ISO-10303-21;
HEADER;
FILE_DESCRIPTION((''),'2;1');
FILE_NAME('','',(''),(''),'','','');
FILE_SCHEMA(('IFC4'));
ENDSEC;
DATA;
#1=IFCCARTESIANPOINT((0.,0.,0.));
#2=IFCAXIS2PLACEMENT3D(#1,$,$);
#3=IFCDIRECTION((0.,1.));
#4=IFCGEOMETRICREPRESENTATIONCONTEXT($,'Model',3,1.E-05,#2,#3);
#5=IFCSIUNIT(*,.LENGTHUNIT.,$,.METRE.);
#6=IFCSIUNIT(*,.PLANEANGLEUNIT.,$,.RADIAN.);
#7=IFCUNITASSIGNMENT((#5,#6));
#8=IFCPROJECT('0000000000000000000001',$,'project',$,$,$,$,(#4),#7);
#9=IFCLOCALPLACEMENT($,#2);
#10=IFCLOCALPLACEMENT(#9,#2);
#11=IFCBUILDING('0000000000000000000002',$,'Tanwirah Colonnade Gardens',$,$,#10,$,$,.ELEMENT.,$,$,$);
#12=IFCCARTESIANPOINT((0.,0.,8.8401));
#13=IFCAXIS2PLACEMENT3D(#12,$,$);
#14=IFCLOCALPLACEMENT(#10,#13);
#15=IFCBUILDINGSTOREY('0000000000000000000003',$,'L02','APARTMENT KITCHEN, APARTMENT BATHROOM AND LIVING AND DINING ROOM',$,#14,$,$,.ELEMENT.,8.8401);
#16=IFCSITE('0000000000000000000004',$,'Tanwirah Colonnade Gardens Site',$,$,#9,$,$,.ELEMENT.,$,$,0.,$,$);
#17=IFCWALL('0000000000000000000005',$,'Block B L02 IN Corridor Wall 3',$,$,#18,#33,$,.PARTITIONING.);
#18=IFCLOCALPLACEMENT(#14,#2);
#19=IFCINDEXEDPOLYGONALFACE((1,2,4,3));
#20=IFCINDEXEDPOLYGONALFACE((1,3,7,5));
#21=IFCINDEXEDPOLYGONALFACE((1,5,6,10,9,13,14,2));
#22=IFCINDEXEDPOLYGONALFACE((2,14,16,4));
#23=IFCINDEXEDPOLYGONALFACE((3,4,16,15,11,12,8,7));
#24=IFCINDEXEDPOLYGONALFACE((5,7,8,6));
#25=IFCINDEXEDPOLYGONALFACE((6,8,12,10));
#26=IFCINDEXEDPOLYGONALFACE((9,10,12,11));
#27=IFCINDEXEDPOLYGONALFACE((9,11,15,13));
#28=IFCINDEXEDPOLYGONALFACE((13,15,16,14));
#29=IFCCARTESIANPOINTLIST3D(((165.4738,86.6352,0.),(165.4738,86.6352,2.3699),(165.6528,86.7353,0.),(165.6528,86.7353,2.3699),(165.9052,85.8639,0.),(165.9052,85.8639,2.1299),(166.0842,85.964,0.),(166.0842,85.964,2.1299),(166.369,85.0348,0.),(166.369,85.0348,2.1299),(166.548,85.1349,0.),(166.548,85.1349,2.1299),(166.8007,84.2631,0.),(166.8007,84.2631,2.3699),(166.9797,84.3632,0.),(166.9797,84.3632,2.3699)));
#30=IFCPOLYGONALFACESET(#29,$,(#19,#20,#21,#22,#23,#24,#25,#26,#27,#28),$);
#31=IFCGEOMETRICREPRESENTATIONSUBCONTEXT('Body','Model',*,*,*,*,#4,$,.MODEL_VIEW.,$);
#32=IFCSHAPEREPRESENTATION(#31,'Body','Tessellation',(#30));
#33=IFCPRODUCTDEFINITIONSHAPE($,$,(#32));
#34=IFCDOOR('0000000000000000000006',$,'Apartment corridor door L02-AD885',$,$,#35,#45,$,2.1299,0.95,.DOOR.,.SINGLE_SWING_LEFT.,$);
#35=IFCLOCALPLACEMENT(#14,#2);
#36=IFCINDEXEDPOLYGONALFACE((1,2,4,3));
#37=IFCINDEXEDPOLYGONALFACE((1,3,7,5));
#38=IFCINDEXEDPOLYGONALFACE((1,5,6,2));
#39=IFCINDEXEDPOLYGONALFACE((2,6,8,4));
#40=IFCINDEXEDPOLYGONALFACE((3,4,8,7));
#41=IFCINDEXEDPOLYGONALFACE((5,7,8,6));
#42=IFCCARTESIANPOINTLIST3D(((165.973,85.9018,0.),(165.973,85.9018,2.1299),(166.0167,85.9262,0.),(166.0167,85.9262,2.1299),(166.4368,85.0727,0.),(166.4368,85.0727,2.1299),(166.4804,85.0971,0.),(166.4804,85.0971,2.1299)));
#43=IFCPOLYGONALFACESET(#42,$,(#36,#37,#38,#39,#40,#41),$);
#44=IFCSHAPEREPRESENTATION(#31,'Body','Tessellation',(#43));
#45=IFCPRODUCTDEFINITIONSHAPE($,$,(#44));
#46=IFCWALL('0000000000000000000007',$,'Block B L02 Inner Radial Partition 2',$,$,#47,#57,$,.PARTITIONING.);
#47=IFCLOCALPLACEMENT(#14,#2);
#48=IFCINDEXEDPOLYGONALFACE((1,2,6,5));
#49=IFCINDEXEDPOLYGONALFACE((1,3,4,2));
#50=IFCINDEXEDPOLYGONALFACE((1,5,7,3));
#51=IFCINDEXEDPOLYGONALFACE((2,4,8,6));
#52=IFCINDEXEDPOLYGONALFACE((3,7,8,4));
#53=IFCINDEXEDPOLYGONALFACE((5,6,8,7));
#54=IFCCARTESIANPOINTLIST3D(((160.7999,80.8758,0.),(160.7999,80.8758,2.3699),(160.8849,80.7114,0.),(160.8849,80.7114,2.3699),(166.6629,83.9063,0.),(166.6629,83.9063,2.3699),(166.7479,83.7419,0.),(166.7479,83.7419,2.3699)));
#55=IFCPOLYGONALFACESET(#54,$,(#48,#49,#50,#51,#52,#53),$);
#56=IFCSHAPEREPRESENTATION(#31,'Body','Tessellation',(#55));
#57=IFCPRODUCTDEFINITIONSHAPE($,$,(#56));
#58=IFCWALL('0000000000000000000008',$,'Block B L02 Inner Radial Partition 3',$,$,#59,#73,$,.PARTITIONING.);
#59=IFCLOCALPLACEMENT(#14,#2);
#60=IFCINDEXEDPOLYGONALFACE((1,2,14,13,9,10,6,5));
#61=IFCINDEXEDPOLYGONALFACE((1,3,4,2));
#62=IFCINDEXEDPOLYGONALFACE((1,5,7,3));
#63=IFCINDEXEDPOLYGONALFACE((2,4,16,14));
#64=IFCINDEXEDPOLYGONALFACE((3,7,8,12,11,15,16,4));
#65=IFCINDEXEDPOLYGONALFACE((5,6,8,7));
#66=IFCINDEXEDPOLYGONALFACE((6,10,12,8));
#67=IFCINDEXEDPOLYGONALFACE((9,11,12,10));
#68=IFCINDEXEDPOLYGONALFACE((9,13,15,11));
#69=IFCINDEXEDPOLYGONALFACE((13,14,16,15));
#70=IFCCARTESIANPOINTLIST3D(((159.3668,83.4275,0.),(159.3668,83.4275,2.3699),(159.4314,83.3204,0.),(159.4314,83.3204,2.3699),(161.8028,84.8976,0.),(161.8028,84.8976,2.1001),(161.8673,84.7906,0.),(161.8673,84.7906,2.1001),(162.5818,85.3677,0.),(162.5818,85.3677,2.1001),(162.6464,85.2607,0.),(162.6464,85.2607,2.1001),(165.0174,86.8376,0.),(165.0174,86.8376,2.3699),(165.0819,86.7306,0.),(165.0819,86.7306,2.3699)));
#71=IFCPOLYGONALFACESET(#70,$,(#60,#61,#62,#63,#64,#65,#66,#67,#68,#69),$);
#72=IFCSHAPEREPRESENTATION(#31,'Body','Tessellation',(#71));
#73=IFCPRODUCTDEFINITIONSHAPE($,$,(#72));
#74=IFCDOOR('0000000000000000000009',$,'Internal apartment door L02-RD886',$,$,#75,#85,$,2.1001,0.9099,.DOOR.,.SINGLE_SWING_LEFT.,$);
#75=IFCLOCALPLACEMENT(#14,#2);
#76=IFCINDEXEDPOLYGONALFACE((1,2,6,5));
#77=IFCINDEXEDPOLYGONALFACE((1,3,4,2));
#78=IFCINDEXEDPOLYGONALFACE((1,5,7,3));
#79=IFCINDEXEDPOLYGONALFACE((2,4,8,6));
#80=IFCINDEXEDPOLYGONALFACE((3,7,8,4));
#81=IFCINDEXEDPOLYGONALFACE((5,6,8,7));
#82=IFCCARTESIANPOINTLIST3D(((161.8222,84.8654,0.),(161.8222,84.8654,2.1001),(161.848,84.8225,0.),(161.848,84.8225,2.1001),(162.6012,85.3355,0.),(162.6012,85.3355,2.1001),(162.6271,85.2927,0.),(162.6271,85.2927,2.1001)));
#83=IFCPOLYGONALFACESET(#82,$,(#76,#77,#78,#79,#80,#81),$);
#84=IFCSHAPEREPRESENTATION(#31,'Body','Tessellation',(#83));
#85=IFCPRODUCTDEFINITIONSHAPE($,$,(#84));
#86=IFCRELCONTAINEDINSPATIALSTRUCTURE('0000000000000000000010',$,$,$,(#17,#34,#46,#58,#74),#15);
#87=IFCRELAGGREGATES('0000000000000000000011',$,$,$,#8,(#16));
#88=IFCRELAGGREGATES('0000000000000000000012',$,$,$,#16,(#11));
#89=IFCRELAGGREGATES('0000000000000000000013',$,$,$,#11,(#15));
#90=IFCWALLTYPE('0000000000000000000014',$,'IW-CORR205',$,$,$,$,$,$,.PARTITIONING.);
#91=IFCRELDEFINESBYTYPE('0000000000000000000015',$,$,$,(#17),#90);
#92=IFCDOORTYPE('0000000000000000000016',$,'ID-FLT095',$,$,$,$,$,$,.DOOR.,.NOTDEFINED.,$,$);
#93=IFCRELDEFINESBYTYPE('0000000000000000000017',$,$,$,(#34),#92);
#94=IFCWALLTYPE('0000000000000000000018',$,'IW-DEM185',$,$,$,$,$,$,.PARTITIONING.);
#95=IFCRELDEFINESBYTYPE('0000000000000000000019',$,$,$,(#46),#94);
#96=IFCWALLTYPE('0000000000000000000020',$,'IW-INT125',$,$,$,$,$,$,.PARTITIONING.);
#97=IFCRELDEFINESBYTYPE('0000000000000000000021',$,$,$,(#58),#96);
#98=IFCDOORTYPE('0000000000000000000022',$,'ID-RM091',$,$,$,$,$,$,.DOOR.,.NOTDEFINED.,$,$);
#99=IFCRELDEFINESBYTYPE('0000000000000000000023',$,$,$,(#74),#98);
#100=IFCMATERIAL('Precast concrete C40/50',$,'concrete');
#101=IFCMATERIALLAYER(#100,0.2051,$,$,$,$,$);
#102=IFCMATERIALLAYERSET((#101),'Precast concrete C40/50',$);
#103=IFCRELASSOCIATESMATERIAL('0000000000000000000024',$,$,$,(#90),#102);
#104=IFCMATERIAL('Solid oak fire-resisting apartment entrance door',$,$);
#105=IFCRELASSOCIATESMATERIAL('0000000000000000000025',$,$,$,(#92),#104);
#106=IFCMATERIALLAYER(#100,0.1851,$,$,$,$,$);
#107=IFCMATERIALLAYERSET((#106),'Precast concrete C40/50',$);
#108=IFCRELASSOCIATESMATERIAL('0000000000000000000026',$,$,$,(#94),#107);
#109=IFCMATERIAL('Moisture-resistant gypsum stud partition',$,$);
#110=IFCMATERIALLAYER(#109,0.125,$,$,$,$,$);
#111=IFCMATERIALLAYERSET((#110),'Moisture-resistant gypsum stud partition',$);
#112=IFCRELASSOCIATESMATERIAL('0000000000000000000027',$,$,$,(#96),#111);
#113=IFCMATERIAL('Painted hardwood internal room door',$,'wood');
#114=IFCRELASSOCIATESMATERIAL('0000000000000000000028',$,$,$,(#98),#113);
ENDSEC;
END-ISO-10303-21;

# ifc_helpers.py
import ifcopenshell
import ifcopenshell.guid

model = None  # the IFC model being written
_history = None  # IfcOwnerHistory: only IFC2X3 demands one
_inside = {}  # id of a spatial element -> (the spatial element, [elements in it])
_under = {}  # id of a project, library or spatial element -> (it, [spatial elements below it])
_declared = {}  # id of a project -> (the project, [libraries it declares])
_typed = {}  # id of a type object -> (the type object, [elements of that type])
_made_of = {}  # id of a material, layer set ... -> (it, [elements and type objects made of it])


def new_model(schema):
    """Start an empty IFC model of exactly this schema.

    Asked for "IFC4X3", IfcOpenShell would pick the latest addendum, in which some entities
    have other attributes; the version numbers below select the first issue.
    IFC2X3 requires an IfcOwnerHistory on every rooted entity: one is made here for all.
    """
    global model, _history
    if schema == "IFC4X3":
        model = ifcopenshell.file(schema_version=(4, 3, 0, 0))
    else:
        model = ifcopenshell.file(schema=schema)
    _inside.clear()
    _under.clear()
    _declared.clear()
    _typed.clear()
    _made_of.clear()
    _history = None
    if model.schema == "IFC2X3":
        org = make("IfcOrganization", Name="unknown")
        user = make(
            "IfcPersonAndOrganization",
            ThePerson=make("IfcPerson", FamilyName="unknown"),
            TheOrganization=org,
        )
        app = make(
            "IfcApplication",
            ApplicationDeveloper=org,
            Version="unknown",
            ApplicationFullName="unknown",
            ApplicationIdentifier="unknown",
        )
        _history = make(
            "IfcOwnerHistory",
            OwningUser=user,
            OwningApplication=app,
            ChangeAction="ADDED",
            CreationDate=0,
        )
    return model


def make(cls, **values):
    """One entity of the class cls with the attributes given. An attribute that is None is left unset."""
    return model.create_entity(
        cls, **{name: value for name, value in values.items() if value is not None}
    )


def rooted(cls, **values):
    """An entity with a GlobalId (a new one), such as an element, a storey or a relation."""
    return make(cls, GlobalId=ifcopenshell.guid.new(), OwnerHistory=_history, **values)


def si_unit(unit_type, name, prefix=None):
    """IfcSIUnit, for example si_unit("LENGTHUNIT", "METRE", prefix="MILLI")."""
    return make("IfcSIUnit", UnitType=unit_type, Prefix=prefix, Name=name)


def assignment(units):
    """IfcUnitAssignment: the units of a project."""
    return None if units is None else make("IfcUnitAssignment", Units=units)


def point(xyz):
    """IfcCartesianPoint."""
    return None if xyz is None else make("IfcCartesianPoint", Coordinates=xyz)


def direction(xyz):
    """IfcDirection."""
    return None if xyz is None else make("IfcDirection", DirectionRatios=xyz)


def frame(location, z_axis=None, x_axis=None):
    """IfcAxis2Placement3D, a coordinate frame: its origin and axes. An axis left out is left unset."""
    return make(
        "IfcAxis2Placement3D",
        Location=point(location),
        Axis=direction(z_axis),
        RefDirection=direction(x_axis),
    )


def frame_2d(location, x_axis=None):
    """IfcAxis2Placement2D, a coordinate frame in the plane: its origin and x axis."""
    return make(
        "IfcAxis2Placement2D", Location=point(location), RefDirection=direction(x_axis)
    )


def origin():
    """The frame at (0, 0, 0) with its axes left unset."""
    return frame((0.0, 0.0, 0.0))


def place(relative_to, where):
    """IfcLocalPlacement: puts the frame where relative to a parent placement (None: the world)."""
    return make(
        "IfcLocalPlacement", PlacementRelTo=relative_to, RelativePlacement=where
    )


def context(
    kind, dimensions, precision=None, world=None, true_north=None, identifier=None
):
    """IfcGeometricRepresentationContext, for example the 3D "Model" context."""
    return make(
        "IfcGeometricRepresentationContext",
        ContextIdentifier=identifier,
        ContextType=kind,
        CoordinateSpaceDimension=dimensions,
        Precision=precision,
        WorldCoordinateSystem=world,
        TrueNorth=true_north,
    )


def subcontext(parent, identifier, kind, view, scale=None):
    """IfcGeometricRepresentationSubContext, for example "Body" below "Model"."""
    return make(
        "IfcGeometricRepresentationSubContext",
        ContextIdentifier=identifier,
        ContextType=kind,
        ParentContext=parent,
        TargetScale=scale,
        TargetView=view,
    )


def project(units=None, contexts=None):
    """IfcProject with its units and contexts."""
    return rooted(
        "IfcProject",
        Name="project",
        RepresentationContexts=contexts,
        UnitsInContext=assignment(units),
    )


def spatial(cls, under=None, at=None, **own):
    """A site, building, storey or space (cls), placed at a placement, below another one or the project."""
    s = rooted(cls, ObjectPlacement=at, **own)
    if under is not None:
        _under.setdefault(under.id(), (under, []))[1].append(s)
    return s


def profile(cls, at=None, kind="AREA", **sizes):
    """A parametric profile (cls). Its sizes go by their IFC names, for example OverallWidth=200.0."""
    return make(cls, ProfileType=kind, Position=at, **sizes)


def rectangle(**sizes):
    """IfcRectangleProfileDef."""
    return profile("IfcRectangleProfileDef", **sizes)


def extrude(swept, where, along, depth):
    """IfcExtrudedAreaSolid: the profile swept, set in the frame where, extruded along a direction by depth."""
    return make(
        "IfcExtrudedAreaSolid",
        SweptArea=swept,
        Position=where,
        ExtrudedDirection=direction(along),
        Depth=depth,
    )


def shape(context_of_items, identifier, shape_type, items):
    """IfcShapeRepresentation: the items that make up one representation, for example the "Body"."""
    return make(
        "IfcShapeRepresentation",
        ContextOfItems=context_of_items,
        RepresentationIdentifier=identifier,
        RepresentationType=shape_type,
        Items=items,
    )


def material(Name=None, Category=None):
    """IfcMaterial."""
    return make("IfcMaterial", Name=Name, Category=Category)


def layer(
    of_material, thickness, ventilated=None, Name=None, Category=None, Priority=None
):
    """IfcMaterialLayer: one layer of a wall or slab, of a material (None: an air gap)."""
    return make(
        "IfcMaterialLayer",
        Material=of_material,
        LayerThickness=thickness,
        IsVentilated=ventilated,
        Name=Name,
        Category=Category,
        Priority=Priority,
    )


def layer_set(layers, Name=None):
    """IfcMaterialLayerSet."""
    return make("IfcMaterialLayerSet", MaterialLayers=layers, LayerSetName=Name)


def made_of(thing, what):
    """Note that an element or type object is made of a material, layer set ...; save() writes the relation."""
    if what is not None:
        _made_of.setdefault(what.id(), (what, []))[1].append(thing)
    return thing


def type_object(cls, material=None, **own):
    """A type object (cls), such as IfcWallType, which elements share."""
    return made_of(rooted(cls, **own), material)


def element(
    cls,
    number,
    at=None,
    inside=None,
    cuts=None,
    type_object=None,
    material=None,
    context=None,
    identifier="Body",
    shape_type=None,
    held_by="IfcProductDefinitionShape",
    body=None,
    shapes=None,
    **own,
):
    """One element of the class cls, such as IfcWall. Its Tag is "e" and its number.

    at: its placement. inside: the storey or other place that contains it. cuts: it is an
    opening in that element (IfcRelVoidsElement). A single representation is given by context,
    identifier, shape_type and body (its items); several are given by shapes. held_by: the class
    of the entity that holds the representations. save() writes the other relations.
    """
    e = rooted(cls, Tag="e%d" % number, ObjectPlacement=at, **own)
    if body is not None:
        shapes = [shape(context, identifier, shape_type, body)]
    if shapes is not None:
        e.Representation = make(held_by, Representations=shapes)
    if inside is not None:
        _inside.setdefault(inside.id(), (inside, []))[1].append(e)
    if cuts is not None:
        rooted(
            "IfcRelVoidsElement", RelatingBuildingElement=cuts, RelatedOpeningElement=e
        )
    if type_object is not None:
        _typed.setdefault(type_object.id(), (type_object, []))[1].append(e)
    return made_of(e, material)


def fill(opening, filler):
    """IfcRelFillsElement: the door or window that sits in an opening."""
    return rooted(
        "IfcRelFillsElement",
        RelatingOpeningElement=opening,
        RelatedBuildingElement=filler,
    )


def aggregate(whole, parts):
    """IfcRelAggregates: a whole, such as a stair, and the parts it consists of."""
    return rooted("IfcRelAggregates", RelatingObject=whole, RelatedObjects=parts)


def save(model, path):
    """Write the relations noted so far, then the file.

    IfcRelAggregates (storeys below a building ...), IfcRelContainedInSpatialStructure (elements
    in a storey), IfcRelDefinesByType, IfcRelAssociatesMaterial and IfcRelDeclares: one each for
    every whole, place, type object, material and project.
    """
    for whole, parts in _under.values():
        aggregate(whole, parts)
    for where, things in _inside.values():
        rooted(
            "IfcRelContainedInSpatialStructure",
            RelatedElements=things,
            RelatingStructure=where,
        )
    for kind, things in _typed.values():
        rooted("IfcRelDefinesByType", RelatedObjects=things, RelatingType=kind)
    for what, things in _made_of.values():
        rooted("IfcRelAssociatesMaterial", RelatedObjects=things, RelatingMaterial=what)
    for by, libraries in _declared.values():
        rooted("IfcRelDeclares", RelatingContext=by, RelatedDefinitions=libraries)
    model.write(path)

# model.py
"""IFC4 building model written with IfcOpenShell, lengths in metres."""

from ifc_helpers import new_model, si_unit, direction, frame, frame_2d, origin, place, context, subcontext, project, spatial, rectangle, extrude, material, layer, layer_set, type_object, element, fill, save


model = new_model("IFC4")

# Units and contexts
model_context = context("Model", 3, precision=1e-05, world=origin(), true_north=direction((0.0, 1.0)))
body_context = subcontext(model_context, "Body", "Model", "MODEL_VIEW")
ifc_project = project(units=[si_unit("LENGTHUNIT", "METRE"), si_unit("PLANEANGLEUNIT", "RADIAN")], contexts=[model_context])

# Site, building, storey
site_placement = place(None, origin())
site = spatial("IfcSite", under=ifc_project, at=site_placement, Name="Tanwirah Colonnade Gardens Site", CompositionType="ELEMENT", RefElevation=0.0)
building_placement = place(site_placement, origin())
building = spatial("IfcBuilding", under=site, at=building_placement, Name="Tanwirah Colonnade Gardens", CompositionType="ELEMENT")
storey_placement = place(building_placement, frame((0.0, 0.0, 8.8401)))
storey = spatial("IfcBuildingStorey", under=building, at=storey_placement, Name="L02", Description="APARTMENT KITCHEN, APARTMENT BATHROOM AND LIVING AND DINING ROOM", CompositionType="ELEMENT", Elevation=8.8401)

# Shared definitions
ifc_material_1 = material(Name="Precast concrete C40/50", Category="concrete")

# Wall, opening, door
ifc_layer_1 = layer(ifc_material_1, 0.2051)
ifc_layer_set_1 = layer_set([ifc_layer_1], Name="Precast concrete C40/50")
wall_type_1 = type_object("IfcWallType", Name="IW-CORR205", PredefinedType="PARTITIONING", material=ifc_layer_set_1)
wall_1_placement = place(storey_placement, frame((166.8901, 84.3132, 0.0), z_axis=(0.0, 0.0, 1.0), x_axis=(-0.488196, 0.872734, 0.0)))
wall_1 = element("IfcWall", 1, at=wall_1_placement, inside=storey, type_object=wall_type_1, Name="Block B L02 IN Corridor Wall 3", PredefinedType="PARTITIONING", context=body_context, shape_type="SweptSolid", body=[
    extrude(rectangle(XDim=2.718, YDim=0.2051, at=frame_2d((1.3589, 0.0))), origin(), (0.0, 0.0, 1.0), 2.3699),
])
opening_1_placement = place(wall_1_placement, frame((0.884, 0.0, 0.0)))
opening_1 = element("IfcOpeningElement", 2, at=opening_1_placement, cuts=wall_1, PredefinedType="OPENING", context=body_context, shape_type="SweptSolid", body=[
    extrude(rectangle(XDim=0.95, YDim=2.1299, at=frame_2d((0.4751, 1.0649))), frame((0.0, 0.1125, 0.0), z_axis=(0.0, -1.0, 0.0), x_axis=(1.0, 0.0, 0.0)), (0.0, 0.0, 1.0), 0.2251),
])
ifc_material_2 = material(Name="Solid oak fire-resisting apartment entrance door")
door_type_1 = type_object("IfcDoorType", Name="ID-FLT095", OperationType="NOTDEFINED", PredefinedType="DOOR", material=ifc_material_2)
door_1_placement = place(opening_1_placement, origin())
door_1 = element("IfcDoor", 3, at=door_1_placement, inside=storey, type_object=door_type_1, Name="Apartment corridor door L02-AD885", OperationType="SINGLE_SWING_LEFT", OverallHeight=2.1299, OverallWidth=0.95, PredefinedType="DOOR", context=body_context, shape_type="SweptSolid", body=[
    extrude(rectangle(XDim=0.95, YDim=2.1299, at=frame_2d((0.4751, 1.0649))), frame((0.0, 0.0249, 0.0), z_axis=(0.0, -1.0, 0.0), x_axis=(1.0, 0.0, 0.0)), (0.0, 0.0, 1.0), 0.05),
])
fill(opening_1, door_1)

# Wall
ifc_layer_2 = layer(ifc_material_1, 0.1851)
ifc_layer_set_2 = layer_set([ifc_layer_2], Name="Precast concrete C40/50")
wall_type_2 = type_object("IfcWallType", Name="IW-DEM185", PredefinedType="PARTITIONING", material=ifc_layer_set_2)
wall_2_placement = place(storey_placement, frame((160.8425, 80.7937, 0.0), z_axis=(0.0, 0.0, 1.0), x_axis=(0.888347, 0.459173, 0.0)))
element("IfcWall", 4, at=wall_2_placement, inside=storey, type_object=wall_type_2, Name="Block B L02 Inner Radial Partition 2", PredefinedType="PARTITIONING", context=body_context, shape_type="SweptSolid", body=[
    extrude(rectangle(XDim=6.5999, YDim=0.1851, at=frame_2d((3.2998, 0.0))), origin(), (0.0, 0.0, 1.0), 2.3699),
])

# Wall, opening, door
ifc_material_3 = material(Name="Moisture-resistant gypsum stud partition")
ifc_layer_3 = layer(ifc_material_3, 0.125)
ifc_layer_set_3 = layer_set([ifc_layer_3], Name="Moisture-resistant gypsum stud partition")
wall_type_3 = type_object("IfcWallType", Name="IW-INT125", PredefinedType="PARTITIONING", material=ifc_layer_set_3)
wall_3_placement = place(storey_placement, frame((159.3992, 83.374, 0.0), z_axis=(0.0, 0.0, 1.0), x_axis=(0.856168, 0.516697, 0.0)))
wall_3 = element("IfcWall", 5, at=wall_3_placement, inside=storey, type_object=wall_type_3, Name="Block B L02 Inner Radial Partition 3", PredefinedType="PARTITIONING", context=body_context, shape_type="SweptSolid", body=[
    extrude(rectangle(XDim=6.5999, YDim=0.125, at=frame_2d((3.2998, 0.0))), origin(), (0.0, 0.0, 1.0), 2.3699),
])
opening_2_placement = place(wall_3_placement, frame((2.845, 0.0, 0.0)))
opening_2 = element("IfcOpeningElement", 6, at=opening_2_placement, cuts=wall_3, PredefinedType="OPENING", context=body_context, shape_type="SweptSolid", body=[
    extrude(rectangle(XDim=0.9099, YDim=2.1001, at=frame_2d((0.4551, 1.05))), frame((0.0, 0.0725, 0.0), z_axis=(0.0, -1.0, 0.0), x_axis=(1.0, 0.0, 0.0)), (0.0, 0.0, 1.0), 0.145),
])
ifc_material_4 = material(Name="Painted hardwood internal room door", Category="wood")
door_type_2 = type_object("IfcDoorType", Name="ID-RM091", OperationType="NOTDEFINED", PredefinedType="DOOR", material=ifc_material_4)
door_2_placement = place(opening_2_placement, origin())
door_2 = element("IfcDoor", 7, at=door_2_placement, inside=storey, type_object=door_type_2, Name="Internal apartment door L02-RD886", OperationType="SINGLE_SWING_LEFT", OverallHeight=2.1001, OverallWidth=0.9099, PredefinedType="DOOR", context=body_context, shape_type="SweptSolid", body=[
    extrude(rectangle(XDim=0.9099, YDim=2.1001, at=frame_2d((0.4551, 1.05))), frame((0.0, 0.0249, 0.0), z_axis=(0.0, -1.0, 0.0), x_axis=(1.0, 0.0, 0.0)), (0.0, 0.0, 1.0), 0.05),
])
fill(opening_2, door_2)

save(model, "model.ifc")
